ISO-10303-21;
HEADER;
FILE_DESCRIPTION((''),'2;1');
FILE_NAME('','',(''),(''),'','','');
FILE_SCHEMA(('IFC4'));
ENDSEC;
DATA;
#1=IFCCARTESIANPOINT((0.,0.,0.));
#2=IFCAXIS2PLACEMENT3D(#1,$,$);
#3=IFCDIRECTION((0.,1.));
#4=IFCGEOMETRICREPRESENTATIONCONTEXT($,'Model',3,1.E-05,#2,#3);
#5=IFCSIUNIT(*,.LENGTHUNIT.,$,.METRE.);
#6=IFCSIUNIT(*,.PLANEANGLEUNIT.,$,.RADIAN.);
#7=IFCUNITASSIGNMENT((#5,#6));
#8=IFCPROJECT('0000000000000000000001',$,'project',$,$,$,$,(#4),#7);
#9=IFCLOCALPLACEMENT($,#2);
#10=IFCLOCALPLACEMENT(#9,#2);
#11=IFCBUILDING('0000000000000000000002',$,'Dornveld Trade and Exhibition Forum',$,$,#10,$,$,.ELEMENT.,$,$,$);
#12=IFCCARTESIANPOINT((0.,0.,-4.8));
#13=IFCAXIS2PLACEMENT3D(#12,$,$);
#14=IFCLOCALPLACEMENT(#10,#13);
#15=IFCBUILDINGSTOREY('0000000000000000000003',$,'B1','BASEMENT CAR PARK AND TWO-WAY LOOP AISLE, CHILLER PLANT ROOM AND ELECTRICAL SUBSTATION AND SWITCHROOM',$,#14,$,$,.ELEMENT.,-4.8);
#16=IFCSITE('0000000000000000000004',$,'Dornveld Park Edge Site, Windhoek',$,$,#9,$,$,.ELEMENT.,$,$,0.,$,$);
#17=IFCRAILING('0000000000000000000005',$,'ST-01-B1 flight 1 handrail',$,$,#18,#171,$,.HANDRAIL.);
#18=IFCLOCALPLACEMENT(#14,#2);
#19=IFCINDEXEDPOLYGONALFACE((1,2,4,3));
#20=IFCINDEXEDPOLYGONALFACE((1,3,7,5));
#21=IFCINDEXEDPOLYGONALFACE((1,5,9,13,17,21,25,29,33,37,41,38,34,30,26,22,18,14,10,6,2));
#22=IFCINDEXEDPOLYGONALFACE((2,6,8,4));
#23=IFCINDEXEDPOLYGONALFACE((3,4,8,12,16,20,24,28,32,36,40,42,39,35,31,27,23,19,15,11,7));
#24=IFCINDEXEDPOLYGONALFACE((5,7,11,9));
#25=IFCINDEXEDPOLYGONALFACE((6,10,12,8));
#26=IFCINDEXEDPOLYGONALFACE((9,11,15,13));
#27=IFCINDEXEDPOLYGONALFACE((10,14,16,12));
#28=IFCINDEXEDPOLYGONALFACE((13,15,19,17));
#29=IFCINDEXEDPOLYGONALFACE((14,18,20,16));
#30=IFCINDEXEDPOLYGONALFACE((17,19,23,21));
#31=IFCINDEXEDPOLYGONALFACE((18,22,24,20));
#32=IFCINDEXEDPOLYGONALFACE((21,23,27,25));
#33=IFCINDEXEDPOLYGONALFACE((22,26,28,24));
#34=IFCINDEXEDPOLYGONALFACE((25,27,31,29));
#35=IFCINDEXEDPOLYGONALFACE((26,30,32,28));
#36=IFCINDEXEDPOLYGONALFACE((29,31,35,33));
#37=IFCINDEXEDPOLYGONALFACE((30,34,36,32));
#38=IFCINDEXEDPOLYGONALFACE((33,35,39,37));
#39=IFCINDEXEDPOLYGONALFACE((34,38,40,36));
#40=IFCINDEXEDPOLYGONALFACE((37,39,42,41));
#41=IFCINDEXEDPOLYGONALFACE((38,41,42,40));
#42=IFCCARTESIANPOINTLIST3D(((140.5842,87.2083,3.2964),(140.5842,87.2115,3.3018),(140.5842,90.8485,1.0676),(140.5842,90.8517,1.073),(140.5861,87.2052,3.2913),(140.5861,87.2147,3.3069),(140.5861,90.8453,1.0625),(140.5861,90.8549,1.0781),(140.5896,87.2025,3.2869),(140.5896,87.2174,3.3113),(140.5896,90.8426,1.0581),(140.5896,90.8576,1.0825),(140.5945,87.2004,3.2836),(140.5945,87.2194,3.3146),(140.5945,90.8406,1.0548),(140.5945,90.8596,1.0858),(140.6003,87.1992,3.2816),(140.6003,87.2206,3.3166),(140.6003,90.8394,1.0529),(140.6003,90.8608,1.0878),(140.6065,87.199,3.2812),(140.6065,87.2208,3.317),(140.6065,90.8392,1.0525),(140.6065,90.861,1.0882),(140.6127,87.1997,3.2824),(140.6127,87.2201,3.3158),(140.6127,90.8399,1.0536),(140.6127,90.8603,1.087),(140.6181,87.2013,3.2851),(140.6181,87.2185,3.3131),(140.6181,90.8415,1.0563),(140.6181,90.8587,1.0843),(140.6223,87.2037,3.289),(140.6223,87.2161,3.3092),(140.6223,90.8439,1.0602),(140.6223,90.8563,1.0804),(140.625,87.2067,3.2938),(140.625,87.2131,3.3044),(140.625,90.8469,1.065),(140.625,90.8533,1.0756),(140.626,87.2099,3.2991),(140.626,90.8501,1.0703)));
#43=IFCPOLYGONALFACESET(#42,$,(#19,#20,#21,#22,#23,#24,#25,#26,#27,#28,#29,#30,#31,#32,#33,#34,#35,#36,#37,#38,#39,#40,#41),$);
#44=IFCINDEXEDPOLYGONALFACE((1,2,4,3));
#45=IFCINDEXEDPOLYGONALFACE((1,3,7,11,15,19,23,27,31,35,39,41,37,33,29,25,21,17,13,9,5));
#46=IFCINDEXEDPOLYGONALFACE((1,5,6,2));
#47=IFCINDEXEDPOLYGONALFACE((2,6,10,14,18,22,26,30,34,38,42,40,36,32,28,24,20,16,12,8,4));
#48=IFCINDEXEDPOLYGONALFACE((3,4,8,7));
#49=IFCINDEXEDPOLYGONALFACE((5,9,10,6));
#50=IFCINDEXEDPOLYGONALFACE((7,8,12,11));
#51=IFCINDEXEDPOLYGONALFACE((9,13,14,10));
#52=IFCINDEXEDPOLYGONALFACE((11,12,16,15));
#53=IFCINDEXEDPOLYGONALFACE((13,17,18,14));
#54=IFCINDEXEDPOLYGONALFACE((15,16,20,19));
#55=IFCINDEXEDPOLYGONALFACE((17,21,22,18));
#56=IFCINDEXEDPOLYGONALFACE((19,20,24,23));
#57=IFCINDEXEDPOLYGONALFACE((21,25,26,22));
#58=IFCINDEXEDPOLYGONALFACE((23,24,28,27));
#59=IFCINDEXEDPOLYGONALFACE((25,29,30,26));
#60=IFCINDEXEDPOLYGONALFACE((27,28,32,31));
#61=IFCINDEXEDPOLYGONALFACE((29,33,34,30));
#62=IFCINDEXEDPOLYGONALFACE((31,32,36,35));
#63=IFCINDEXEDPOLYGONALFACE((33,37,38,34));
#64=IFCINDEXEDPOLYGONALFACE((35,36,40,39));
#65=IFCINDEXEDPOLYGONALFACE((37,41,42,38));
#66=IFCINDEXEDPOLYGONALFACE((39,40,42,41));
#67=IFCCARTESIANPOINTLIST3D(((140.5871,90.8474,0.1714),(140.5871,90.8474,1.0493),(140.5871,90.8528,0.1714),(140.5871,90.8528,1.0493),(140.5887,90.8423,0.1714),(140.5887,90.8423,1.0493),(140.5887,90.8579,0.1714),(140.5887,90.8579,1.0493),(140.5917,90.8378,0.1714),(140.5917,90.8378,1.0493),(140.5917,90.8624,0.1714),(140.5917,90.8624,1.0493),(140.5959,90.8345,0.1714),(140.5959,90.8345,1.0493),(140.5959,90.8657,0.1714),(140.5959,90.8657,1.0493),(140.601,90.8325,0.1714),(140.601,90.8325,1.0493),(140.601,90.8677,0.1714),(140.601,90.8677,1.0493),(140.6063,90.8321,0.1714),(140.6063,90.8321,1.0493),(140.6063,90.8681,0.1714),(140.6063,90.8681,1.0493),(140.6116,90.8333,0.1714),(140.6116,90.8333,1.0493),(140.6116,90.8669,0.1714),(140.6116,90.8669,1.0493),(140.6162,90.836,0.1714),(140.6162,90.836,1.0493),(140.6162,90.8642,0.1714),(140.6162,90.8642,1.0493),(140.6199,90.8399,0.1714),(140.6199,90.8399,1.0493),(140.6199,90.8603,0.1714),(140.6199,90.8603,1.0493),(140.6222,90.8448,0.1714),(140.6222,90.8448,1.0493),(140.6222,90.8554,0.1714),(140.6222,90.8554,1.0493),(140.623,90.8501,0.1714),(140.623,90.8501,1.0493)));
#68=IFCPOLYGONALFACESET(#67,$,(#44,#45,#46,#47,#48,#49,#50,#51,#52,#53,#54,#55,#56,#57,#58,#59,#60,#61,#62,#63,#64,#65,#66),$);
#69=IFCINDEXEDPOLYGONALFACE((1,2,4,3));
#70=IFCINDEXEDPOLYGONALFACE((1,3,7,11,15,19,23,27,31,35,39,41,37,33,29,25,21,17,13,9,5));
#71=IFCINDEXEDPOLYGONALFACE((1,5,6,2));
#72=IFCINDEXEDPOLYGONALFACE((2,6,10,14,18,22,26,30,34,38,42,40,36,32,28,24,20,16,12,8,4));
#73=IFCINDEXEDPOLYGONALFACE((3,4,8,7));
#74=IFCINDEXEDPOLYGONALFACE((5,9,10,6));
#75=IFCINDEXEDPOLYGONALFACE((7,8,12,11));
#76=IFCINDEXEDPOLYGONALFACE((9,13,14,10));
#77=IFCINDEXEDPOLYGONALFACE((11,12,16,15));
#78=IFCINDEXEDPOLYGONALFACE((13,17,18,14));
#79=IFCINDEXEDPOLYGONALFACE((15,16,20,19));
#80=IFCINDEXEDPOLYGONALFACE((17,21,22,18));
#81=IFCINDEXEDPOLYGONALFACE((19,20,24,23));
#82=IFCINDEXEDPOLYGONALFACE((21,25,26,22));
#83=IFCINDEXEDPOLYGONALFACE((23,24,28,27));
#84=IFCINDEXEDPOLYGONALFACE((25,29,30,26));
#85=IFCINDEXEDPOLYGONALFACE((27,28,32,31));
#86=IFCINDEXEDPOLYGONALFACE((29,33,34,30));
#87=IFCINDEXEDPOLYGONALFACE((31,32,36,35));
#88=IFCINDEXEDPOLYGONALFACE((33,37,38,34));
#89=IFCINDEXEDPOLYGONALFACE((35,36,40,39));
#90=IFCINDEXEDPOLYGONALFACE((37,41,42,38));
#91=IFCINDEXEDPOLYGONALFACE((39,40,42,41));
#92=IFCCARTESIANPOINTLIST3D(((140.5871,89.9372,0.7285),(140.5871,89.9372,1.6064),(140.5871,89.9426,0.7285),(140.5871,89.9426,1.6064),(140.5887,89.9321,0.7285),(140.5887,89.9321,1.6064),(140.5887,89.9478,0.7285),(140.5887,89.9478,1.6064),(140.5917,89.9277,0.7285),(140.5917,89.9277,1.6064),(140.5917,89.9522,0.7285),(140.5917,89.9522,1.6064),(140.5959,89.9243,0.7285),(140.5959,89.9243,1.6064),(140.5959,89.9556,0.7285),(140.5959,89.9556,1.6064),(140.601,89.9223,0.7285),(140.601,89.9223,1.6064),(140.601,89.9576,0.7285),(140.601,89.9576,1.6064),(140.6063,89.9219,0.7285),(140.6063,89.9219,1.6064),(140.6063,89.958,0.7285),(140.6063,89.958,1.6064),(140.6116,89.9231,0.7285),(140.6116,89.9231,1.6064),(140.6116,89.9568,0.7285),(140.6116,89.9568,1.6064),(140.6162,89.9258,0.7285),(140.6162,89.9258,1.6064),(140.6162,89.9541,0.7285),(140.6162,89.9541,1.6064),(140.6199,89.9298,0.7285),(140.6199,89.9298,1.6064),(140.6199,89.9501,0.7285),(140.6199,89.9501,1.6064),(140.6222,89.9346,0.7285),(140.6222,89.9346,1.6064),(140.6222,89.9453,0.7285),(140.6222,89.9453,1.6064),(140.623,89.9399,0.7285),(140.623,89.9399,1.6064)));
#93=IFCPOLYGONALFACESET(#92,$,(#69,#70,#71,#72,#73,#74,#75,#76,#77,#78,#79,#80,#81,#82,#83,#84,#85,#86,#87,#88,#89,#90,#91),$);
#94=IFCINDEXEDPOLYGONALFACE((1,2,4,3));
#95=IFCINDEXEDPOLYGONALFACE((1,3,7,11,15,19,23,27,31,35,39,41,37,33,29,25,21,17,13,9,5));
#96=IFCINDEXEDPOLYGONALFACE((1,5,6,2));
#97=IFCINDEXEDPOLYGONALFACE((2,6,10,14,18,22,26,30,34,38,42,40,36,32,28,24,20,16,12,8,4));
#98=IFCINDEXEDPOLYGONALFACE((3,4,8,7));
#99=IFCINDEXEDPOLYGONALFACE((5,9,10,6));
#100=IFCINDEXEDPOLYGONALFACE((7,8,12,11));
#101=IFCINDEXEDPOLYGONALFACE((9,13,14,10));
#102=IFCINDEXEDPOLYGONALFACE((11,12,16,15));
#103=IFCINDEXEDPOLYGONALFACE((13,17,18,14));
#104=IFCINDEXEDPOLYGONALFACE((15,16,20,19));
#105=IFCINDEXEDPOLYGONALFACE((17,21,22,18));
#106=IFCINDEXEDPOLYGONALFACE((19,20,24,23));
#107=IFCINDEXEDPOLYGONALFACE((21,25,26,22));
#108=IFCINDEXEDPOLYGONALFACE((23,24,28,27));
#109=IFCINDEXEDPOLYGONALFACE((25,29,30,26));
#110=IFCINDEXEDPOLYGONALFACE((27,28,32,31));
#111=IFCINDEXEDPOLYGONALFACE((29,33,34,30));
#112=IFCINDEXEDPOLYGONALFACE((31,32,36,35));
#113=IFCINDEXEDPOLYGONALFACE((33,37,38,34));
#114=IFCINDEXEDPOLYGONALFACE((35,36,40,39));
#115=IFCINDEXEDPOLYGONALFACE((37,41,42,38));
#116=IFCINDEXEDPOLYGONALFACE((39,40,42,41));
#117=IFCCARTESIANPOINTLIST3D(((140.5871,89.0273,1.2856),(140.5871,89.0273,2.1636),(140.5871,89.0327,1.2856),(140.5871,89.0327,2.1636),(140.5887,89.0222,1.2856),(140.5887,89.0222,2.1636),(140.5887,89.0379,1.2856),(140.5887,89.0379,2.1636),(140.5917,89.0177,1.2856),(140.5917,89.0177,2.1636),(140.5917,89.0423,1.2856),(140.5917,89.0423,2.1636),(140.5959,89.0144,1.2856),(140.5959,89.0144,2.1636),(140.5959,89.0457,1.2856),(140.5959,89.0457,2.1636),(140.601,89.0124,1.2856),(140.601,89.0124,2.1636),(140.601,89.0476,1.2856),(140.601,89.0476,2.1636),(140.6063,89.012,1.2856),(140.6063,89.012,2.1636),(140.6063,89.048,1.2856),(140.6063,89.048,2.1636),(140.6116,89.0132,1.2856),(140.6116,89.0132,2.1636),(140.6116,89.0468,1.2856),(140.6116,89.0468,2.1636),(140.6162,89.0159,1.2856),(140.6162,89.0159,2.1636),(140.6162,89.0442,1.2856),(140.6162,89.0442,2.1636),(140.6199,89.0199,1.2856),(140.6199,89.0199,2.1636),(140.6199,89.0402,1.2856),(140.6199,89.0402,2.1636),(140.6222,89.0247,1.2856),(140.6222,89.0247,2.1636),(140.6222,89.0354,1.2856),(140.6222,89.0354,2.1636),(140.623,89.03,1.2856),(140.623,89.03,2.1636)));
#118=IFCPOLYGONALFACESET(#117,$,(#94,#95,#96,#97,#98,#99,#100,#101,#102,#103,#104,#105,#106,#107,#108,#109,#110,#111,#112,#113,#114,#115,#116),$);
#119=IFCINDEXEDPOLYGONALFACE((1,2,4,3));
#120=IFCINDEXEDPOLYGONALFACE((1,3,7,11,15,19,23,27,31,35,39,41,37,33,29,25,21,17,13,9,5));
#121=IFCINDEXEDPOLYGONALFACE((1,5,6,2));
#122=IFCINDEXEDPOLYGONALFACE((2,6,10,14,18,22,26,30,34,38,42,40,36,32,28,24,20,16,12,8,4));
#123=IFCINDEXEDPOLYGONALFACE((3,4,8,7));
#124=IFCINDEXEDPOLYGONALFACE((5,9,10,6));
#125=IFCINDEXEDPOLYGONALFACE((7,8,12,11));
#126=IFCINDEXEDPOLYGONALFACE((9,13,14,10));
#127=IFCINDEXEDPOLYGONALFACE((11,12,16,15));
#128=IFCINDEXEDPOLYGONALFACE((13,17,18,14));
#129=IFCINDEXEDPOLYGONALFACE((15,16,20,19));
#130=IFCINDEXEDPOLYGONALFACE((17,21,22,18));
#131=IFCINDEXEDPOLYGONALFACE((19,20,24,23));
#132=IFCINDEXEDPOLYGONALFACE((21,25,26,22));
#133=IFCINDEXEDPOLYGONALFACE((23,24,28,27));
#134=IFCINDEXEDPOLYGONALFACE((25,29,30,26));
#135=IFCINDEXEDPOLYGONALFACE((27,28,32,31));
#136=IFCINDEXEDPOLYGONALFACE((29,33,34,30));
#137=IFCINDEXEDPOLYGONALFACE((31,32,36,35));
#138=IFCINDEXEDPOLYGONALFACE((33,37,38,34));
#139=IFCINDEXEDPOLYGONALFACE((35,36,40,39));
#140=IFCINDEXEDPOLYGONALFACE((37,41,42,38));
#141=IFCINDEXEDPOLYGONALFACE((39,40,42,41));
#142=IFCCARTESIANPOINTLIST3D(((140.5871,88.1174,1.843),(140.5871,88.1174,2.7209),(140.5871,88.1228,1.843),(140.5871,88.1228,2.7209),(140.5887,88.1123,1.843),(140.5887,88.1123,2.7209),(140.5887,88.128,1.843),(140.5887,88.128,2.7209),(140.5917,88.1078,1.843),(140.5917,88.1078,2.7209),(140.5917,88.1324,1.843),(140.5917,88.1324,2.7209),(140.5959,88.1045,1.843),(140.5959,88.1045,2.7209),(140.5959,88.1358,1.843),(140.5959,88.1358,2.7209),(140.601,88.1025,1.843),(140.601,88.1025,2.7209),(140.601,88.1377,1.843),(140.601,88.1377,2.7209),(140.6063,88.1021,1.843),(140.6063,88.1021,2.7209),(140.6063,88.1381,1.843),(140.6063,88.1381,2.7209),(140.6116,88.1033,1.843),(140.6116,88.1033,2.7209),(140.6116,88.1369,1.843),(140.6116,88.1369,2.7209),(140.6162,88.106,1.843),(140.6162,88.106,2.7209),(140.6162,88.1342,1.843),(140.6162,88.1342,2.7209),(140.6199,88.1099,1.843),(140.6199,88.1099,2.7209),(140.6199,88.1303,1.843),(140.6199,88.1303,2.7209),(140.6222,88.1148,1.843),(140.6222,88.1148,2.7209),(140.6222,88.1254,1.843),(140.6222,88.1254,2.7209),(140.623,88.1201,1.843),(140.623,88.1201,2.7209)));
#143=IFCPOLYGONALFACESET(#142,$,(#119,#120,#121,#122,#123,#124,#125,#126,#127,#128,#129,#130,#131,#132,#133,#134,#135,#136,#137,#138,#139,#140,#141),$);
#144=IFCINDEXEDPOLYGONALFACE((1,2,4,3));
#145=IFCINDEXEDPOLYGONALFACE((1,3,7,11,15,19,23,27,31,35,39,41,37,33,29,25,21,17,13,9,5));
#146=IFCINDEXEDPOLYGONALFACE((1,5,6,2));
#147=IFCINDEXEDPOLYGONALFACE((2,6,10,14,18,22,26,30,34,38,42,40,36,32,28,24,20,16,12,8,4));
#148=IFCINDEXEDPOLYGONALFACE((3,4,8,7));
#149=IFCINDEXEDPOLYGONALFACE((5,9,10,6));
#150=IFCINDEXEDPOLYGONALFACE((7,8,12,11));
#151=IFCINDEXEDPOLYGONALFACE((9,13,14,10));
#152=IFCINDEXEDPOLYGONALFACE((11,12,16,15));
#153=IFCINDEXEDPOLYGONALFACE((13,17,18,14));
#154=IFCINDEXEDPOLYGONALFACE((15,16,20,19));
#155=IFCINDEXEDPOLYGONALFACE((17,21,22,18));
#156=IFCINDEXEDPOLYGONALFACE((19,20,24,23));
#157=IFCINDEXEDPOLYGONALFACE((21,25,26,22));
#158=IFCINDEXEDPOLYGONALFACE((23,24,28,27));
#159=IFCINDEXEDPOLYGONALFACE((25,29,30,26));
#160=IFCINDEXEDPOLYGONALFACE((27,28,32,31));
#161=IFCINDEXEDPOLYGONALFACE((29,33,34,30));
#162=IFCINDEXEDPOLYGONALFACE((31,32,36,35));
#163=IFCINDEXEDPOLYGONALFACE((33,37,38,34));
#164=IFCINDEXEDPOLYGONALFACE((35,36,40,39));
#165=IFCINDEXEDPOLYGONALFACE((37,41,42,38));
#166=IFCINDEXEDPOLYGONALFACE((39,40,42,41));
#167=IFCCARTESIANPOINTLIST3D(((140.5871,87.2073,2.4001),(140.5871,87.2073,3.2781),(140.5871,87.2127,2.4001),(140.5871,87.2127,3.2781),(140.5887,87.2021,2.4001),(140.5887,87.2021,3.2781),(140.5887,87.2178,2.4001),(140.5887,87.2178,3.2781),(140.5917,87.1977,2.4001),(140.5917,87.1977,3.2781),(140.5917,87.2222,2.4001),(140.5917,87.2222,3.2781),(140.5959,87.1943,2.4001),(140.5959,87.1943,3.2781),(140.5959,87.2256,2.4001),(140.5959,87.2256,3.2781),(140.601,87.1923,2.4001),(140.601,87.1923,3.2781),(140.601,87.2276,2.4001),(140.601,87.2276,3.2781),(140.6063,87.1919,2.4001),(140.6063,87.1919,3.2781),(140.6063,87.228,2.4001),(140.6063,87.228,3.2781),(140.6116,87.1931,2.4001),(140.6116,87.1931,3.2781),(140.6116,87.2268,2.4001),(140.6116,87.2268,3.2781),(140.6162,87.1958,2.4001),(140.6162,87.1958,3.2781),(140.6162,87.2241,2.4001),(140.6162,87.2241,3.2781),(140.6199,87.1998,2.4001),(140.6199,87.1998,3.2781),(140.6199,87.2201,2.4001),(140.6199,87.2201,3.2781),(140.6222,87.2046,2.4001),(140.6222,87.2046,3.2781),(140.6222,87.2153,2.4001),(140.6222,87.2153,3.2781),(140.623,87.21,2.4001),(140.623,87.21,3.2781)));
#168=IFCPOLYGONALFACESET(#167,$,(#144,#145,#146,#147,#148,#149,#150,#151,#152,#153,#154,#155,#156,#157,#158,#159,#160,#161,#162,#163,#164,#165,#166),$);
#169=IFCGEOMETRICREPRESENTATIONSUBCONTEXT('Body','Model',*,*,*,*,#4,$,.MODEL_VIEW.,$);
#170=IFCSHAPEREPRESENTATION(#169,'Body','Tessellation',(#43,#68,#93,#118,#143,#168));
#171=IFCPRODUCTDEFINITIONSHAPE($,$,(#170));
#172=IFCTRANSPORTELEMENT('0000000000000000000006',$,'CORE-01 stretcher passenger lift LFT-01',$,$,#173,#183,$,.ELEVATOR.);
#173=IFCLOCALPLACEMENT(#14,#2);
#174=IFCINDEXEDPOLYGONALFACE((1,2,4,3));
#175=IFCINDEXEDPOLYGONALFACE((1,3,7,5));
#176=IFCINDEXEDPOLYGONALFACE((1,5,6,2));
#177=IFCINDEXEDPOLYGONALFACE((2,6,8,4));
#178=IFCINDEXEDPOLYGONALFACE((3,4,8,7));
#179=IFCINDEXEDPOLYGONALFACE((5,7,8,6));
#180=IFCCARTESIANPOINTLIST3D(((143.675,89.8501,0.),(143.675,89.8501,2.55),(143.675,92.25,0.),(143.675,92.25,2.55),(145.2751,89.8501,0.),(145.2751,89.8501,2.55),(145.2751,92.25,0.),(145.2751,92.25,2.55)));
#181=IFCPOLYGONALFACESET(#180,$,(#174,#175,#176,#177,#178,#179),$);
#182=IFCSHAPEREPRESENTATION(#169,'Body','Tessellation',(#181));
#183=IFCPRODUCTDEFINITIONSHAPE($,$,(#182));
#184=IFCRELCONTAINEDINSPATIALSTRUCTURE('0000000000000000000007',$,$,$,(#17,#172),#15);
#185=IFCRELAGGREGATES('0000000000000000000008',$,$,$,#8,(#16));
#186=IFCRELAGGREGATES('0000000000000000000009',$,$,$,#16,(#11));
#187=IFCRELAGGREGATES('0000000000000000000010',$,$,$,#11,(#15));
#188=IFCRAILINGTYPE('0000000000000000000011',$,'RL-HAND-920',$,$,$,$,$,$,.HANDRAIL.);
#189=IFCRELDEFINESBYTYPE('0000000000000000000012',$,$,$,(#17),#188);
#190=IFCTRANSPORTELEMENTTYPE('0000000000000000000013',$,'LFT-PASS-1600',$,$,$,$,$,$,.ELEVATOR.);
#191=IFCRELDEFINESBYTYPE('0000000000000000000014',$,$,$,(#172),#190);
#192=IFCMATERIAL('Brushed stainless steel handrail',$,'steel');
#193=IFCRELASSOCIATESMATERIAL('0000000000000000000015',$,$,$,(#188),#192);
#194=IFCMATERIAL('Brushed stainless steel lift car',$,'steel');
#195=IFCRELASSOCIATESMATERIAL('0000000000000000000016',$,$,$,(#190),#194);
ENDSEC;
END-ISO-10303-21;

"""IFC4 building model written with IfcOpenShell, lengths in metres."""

from ifc_helpers import new_model, si_unit, direction, frame, origin, origin_2d, place, context, subcontext, project, spatial, rectangle, circle, extrude, material, type_object, element, save


model = new_model("IFC4")

# Units and contexts
model_context = context("Model", 3, precision=1e-05, world=origin(), true_north=direction((0.0, 1.0)))
body_context = subcontext(model_context, "Body", "Model", "MODEL_VIEW")
ifc_project = project(units=[si_unit("LENGTHUNIT", "METRE"), si_unit("PLANEANGLEUNIT", "RADIAN")], contexts=[model_context])

# Site, building, storey
site_placement = place(None, origin())
site = spatial("IfcSite", under=ifc_project, at=site_placement, Name="Dornveld Park Edge Site, Windhoek", CompositionType="ELEMENT", RefElevation=0.0)
building_placement = place(site_placement, origin())
building = spatial("IfcBuilding", under=site, at=building_placement, Name="Dornveld Trade and Exhibition Forum", CompositionType="ELEMENT")
storey_placement = place(building_placement, frame((0.0, 0.0, -4.8)))
storey = spatial("IfcBuildingStorey", under=building, at=storey_placement, Name="B1", Description="BASEMENT CAR PARK AND TWO-WAY LOOP AISLE, CHILLER PLANT ROOM AND ELECTRICAL SUBSTATION AND SWITCHROOM", CompositionType="ELEMENT", Elevation=-4.8)

# Railing
ifc_material_1 = material(Name="Brushed stainless steel handrail", Category="steel")
railing_type = type_object("IfcRailingType", Name="RL-HAND-920", PredefinedType="HANDRAIL", material=ifc_material_1)
railing_placement = place(storey_placement, frame((140.605, 90.8501, 0.1714)))
element("IfcRailing", 1, at=railing_placement, inside=storey, type_object=railing_type, Name="ST-01-B1 flight 1 handrail", PredefinedType="HANDRAIL", context=body_context, shape_type="SweptSolid", body=[
    extrude(circle(Radius=0.021, at=origin_2d()), frame((0.0, 0.0, 0.8989), z_axis=(0.0, -0.85284, 0.522172), x_axis=(1.0, 0.0, 0.0)), (0.0, 0.0, 1.0), 4.2683),
    extrude(circle(Radius=0.0181, at=origin_2d()), origin(), (0.0, 0.0, 1.0), 0.8779),
    extrude(circle(Radius=0.0181, at=origin_2d()), frame((0.0, -0.9102, 0.5571)), (0.0, 0.0, 1.0), 0.8779),
    extrude(circle(Radius=0.0181, at=origin_2d()), frame((0.0, -1.8201, 1.1143)), (0.0, 0.0, 1.0), 0.8779),
    extrude(circle(Radius=0.0181, at=origin_2d()), frame((0.0, -2.73, 1.6716)), (0.0, 0.0, 1.0), 0.8779),
    extrude(circle(Radius=0.0181, at=origin_2d()), frame((0.0, -3.6401, 2.2288)), (0.0, 0.0, 1.0), 0.8779),
])

# Transport element
ifc_material_2 = material(Name="Brushed stainless steel lift car", Category="steel")
transport_element_type = type_object("IfcTransportElementType", Name="LFT-PASS-1600", PredefinedType="ELEVATOR", material=ifc_material_2)
transport_element_placement = place(storey_placement, frame((144.4751, 91.05, 0.0), z_axis=(0.0, 0.0, 1.0), x_axis=(1.0, 0.0, 0.0)))
element("IfcTransportElement", 2, at=transport_element_placement, inside=storey, type_object=transport_element_type, Name="CORE-01 stretcher passenger lift LFT-01", PredefinedType="ELEVATOR", context=body_context, shape_type="SweptSolid", body=[
    extrude(rectangle(XDim=1.6001, YDim=2.3999, at=origin_2d()), origin(), (0.0, 0.0, 1.0), 2.55),
])

save(model, "model.ifc")
